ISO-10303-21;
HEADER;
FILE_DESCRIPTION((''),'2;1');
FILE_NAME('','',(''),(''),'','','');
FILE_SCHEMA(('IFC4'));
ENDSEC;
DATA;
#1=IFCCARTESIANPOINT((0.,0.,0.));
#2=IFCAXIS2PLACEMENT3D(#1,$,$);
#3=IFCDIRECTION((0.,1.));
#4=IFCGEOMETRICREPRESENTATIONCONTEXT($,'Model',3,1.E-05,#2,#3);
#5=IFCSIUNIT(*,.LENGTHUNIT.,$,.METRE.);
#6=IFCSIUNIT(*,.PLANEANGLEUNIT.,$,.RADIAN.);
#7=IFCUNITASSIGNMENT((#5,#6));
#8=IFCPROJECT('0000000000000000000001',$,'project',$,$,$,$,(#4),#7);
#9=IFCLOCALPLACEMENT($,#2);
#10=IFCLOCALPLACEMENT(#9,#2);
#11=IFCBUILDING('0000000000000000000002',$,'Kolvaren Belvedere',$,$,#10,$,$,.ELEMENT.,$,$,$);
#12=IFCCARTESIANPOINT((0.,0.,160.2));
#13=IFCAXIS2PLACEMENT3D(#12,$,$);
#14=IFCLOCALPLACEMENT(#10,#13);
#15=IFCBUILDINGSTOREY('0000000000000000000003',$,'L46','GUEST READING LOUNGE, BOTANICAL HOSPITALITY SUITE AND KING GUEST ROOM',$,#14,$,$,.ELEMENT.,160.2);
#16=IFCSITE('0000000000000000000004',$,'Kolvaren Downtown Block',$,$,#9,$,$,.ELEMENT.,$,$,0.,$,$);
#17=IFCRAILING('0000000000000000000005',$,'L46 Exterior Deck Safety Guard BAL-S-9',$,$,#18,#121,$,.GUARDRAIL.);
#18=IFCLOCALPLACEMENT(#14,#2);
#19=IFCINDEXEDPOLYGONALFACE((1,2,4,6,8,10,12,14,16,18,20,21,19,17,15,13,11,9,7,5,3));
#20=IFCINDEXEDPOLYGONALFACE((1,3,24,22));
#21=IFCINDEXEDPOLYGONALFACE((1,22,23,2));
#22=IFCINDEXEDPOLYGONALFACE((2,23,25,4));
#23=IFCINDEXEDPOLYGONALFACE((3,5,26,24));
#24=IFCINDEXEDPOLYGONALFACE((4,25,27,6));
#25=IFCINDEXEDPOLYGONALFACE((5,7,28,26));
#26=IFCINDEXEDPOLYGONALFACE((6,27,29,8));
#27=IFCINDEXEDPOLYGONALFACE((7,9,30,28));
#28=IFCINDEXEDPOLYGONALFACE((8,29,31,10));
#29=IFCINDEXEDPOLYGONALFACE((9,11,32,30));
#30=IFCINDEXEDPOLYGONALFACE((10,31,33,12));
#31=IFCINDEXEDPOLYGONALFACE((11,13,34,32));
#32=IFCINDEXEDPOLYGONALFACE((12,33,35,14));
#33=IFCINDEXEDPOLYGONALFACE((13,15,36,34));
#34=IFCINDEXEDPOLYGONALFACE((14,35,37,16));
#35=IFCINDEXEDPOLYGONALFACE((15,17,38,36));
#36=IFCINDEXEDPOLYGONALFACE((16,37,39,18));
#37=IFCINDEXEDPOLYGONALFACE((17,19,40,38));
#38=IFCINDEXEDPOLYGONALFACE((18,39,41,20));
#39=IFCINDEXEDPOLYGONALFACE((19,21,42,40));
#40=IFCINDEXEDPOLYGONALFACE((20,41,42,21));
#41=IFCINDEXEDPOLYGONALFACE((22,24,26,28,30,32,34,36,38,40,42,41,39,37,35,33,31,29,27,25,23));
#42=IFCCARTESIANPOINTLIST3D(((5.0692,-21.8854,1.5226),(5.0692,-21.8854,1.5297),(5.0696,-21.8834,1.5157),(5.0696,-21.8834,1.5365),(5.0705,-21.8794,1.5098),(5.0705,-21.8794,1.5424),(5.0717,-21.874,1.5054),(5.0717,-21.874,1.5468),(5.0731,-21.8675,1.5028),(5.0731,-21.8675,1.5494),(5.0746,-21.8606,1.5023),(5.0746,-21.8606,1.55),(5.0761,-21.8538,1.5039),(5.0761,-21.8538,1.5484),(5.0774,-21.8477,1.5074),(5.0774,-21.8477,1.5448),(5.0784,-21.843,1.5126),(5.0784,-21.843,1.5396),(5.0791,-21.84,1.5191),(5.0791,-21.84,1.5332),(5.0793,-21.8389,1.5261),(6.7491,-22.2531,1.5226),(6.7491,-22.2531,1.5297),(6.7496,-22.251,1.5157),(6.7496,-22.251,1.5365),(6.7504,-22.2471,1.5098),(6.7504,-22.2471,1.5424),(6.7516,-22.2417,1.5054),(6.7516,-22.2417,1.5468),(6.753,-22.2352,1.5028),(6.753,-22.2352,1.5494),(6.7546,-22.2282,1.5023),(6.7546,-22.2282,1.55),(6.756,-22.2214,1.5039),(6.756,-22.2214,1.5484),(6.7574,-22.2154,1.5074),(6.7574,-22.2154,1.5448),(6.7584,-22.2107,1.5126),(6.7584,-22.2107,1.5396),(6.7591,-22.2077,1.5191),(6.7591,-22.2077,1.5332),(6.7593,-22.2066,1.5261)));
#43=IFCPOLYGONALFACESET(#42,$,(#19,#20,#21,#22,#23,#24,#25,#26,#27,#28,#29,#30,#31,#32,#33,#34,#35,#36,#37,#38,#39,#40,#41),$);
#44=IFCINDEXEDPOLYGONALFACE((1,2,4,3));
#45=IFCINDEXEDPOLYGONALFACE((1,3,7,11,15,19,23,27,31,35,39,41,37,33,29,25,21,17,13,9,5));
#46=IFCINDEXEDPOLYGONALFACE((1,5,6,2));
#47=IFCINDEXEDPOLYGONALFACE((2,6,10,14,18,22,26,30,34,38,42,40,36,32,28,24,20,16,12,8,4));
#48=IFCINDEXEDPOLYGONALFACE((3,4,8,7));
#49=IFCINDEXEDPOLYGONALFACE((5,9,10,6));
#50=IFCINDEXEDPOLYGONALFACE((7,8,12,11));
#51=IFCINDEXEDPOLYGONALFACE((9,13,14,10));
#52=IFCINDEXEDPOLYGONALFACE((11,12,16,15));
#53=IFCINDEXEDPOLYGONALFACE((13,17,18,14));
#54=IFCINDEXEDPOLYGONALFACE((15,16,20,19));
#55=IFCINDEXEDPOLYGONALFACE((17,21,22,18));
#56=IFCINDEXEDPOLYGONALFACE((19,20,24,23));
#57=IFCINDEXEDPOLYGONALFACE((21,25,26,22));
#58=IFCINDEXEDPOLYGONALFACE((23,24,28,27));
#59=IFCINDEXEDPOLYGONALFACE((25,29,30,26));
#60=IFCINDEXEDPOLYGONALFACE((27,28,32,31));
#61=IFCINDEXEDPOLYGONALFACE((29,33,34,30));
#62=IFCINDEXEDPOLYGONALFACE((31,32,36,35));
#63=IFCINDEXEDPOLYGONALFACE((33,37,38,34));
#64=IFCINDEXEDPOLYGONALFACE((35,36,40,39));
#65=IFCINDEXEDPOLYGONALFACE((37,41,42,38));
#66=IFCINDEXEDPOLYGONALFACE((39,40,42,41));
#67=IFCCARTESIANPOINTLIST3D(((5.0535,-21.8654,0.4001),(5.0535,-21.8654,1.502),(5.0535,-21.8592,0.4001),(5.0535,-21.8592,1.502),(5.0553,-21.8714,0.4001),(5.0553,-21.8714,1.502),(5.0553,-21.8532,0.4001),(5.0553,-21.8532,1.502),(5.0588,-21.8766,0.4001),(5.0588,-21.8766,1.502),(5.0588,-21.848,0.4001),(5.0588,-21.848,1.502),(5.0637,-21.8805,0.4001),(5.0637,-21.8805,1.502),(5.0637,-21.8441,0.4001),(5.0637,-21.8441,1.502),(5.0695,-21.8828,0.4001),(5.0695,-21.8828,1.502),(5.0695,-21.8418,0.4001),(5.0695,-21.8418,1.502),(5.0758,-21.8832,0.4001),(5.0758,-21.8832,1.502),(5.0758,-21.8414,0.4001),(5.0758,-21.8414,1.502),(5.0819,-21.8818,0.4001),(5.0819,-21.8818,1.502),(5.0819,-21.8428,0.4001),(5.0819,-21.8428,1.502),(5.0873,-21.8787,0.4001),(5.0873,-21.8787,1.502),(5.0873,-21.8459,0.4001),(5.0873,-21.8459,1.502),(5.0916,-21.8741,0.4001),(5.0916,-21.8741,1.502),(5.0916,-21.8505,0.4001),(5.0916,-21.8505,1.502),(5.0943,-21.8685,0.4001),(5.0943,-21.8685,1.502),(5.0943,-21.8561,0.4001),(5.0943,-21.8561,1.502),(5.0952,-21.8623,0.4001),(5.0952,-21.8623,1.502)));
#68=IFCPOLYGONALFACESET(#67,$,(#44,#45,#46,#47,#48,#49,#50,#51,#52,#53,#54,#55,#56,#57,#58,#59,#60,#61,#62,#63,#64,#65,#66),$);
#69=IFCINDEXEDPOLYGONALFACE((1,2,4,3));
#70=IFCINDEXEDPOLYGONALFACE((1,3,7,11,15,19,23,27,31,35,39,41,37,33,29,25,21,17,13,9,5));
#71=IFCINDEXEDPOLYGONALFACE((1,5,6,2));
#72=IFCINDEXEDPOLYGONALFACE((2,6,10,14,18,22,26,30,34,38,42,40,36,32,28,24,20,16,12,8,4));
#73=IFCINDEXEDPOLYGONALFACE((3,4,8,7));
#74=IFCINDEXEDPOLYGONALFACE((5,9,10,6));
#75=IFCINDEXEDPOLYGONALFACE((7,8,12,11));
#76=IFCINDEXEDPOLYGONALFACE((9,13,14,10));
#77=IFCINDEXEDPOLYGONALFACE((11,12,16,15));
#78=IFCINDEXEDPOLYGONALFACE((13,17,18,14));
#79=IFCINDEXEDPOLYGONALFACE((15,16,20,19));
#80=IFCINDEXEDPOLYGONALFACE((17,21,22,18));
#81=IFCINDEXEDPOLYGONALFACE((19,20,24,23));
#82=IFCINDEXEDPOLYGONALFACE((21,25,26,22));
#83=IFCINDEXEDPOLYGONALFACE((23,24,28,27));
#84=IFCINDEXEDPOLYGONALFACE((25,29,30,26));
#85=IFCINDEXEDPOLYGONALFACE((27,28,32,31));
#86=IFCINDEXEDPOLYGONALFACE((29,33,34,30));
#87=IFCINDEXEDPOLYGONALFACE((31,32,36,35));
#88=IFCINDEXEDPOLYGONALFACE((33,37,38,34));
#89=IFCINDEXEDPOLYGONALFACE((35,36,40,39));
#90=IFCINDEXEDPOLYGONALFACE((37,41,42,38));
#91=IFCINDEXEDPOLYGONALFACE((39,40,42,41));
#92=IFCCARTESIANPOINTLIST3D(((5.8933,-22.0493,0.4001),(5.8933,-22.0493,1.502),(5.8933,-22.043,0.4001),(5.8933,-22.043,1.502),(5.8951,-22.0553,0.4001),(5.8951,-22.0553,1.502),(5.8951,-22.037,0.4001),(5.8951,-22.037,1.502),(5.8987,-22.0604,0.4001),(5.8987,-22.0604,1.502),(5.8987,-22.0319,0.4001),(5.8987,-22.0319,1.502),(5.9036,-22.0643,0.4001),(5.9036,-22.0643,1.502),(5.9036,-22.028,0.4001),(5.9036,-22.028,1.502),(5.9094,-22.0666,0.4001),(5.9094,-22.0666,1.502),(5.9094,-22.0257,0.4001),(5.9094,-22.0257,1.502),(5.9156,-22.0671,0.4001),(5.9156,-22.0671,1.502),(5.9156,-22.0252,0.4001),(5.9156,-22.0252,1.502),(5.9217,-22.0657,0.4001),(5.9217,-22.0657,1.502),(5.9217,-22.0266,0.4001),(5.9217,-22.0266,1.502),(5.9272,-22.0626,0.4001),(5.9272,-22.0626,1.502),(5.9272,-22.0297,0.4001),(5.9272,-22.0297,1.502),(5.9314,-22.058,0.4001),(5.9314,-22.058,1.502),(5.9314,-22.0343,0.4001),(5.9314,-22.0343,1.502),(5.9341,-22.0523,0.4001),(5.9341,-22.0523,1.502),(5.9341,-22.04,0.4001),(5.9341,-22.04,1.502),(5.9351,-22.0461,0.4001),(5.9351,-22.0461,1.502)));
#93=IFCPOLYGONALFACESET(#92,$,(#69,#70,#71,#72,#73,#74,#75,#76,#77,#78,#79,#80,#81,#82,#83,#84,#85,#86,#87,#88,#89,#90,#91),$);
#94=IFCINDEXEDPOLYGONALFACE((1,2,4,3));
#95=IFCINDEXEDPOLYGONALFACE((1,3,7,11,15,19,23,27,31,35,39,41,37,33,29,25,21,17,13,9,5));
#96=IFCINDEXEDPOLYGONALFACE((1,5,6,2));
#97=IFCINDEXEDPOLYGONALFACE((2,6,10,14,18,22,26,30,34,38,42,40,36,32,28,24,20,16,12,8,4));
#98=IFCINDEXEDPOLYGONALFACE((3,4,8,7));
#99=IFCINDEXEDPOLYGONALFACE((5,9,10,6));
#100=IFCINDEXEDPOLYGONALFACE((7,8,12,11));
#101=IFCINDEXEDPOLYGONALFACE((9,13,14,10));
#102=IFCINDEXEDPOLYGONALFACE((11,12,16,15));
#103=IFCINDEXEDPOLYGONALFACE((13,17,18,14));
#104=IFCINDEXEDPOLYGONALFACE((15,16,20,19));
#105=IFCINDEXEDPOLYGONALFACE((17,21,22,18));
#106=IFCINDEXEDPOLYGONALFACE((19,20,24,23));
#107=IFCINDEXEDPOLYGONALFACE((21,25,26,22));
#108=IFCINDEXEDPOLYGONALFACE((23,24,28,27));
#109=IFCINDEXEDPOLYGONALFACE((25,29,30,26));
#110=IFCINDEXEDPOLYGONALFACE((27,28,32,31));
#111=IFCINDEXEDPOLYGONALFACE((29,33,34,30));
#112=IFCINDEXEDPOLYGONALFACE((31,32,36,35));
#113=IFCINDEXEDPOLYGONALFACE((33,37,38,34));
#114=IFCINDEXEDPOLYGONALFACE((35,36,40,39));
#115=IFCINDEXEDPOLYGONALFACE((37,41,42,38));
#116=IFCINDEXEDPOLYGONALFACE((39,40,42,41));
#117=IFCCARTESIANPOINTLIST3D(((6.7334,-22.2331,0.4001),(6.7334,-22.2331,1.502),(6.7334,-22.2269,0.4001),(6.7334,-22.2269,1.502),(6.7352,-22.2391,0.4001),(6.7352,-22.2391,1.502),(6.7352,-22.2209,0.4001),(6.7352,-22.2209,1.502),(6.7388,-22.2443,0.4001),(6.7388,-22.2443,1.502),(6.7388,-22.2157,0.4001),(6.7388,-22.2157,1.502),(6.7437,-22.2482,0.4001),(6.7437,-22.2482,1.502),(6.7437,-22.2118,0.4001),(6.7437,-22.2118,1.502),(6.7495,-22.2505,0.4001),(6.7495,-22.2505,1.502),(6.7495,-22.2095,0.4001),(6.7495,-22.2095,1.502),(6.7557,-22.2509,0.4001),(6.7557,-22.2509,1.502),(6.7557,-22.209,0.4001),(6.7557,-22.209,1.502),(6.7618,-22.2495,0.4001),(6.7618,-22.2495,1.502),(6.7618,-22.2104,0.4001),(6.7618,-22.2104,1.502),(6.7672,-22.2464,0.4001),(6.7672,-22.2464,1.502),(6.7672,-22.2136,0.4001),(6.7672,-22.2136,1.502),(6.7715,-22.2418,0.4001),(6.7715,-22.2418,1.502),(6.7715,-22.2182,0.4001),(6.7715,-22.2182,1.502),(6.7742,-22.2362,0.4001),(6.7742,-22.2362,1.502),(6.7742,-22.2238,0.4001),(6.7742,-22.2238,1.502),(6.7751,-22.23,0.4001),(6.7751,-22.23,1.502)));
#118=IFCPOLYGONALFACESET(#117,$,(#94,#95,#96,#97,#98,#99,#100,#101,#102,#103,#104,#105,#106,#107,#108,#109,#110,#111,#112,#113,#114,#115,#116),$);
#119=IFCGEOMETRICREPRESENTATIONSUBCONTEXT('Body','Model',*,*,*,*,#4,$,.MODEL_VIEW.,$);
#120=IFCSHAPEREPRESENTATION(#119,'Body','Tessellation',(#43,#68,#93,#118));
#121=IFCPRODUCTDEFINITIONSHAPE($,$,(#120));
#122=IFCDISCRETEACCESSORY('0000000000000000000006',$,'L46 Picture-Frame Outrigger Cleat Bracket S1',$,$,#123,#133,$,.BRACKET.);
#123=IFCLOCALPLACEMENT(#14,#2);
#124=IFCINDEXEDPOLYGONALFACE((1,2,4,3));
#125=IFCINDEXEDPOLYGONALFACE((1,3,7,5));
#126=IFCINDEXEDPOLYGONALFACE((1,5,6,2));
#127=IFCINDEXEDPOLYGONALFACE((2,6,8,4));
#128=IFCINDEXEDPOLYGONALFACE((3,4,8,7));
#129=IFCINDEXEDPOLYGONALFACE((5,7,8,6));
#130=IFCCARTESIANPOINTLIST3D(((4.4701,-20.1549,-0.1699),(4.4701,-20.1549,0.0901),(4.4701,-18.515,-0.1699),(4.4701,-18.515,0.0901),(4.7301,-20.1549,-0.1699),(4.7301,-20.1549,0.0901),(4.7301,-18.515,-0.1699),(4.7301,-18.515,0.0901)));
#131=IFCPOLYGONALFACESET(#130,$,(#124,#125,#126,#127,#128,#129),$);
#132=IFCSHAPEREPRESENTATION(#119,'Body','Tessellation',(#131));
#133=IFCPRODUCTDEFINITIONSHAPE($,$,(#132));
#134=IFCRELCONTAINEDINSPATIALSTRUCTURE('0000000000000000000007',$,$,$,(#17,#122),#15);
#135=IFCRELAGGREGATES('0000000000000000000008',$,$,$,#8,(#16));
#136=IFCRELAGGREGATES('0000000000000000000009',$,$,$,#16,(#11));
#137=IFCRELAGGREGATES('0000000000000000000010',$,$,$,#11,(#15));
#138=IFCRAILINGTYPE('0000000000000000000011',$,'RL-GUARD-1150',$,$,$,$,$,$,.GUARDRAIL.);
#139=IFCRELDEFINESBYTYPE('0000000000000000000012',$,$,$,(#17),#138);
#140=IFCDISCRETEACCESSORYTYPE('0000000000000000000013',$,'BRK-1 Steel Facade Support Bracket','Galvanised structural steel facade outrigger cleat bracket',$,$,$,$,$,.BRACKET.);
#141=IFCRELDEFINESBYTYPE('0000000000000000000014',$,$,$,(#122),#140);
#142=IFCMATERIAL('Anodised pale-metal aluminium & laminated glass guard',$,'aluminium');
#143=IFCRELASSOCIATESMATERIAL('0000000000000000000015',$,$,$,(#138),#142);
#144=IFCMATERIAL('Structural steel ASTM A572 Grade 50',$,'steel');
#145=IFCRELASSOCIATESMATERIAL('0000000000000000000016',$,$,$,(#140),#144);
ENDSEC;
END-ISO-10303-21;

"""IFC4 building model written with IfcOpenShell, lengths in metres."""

from ifc_helpers import new_model, si_unit, direction, frame, origin, origin_2d, place, context, subcontext, project, spatial, rectangle, circle, extrude, material, type_object, element, save


model = new_model("IFC4")

# Units and contexts
model_context = context("Model", 3, precision=1e-05, world=origin(), true_north=direction((0.0, 1.0)))
body_context = subcontext(model_context, "Body", "Model", "MODEL_VIEW")
ifc_project = project(units=[si_unit("LENGTHUNIT", "METRE"), si_unit("PLANEANGLEUNIT", "RADIAN")], contexts=[model_context])

# Site, building, storey
site_placement = place(None, origin())
site = spatial("IfcSite", under=ifc_project, at=site_placement, Name="Kolvaren Downtown Block", CompositionType="ELEMENT", RefElevation=0.0)
building_placement = place(site_placement, origin())
building = spatial("IfcBuilding", under=site, at=building_placement, Name="Kolvaren Belvedere", CompositionType="ELEMENT")
storey_placement = place(building_placement, frame((0.0, 0.0, 160.2)))
storey = spatial("IfcBuildingStorey", under=building, at=storey_placement, Name="L46", Description="GUEST READING LOUNGE, BOTANICAL HOSPITALITY SUITE AND KING GUEST ROOM", CompositionType="ELEMENT", Elevation=160.2)

# Railing
ifc_material_1 = material(Name="Anodised pale-metal aluminium & laminated glass guard", Category="aluminium")
railing_type = type_object("IfcRailingType", Name="RL-GUARD-1150", PredefinedType="GUARDRAIL", material=ifc_material_1)
railing_1_placement = place(storey_placement, frame((5.0742, -21.8623, 0.4001)))
element("IfcRailing", 1, at=railing_1_placement, inside=storey, type_object=railing_type, Name="L46 Exterior Deck Safety Guard BAL-S-9", PredefinedType="GUARDRAIL", context=body_context, shape_type="SweptSolid", body=[
    extrude(circle(Radius=0.0239, at=origin_2d()), frame((0.0, 0.0, 1.126), z_axis=(0.976877, -0.213803, 0.0), x_axis=(0.213803, 0.976877, 0.0)), (0.0, 0.0, 1.0), 1.7197),
    extrude(circle(Radius=0.021, at=origin_2d()), origin(), (0.0, 0.0, 1.0), 1.1018),
    extrude(circle(Radius=0.021, at=origin_2d()), frame((0.8398, -0.1838, 0.0)), (0.0, 0.0, 1.0), 1.1018),
    extrude(circle(Radius=0.021, at=origin_2d()), frame((1.6799, -0.3677, 0.0)), (0.0, 0.0, 1.0), 1.1018),
])

# Discrete accessory
ifc_material_2 = material(Name="Structural steel ASTM A572 Grade 50", Category="steel")
discrete_accessory_type = type_object("IfcDiscreteAccessoryType", Name="BRK-1 Steel Facade Support Bracket", Description="Galvanised structural steel facade outrigger cleat bracket", PredefinedType="BRACKET", material=ifc_material_2)
discrete_accessory_placement = place(storey_placement, frame((4.6001, -19.335, -0.1699), z_axis=(0.0, 0.0, 1.0), x_axis=(0.0, 1.0, 0.0)))
element("IfcDiscreteAccessory", 2, at=discrete_accessory_placement, inside=storey, type_object=discrete_accessory_type, Name="L46 Picture-Frame Outrigger Cleat Bracket S1", PredefinedType="BRACKET", context=body_context, shape_type="SweptSolid", body=[
    extrude(rectangle(XDim=1.6399, YDim=0.26, at=origin_2d()), origin(), (0.0, 0.0, 1.0), 0.26),
])

save(model, "model.ifc")
